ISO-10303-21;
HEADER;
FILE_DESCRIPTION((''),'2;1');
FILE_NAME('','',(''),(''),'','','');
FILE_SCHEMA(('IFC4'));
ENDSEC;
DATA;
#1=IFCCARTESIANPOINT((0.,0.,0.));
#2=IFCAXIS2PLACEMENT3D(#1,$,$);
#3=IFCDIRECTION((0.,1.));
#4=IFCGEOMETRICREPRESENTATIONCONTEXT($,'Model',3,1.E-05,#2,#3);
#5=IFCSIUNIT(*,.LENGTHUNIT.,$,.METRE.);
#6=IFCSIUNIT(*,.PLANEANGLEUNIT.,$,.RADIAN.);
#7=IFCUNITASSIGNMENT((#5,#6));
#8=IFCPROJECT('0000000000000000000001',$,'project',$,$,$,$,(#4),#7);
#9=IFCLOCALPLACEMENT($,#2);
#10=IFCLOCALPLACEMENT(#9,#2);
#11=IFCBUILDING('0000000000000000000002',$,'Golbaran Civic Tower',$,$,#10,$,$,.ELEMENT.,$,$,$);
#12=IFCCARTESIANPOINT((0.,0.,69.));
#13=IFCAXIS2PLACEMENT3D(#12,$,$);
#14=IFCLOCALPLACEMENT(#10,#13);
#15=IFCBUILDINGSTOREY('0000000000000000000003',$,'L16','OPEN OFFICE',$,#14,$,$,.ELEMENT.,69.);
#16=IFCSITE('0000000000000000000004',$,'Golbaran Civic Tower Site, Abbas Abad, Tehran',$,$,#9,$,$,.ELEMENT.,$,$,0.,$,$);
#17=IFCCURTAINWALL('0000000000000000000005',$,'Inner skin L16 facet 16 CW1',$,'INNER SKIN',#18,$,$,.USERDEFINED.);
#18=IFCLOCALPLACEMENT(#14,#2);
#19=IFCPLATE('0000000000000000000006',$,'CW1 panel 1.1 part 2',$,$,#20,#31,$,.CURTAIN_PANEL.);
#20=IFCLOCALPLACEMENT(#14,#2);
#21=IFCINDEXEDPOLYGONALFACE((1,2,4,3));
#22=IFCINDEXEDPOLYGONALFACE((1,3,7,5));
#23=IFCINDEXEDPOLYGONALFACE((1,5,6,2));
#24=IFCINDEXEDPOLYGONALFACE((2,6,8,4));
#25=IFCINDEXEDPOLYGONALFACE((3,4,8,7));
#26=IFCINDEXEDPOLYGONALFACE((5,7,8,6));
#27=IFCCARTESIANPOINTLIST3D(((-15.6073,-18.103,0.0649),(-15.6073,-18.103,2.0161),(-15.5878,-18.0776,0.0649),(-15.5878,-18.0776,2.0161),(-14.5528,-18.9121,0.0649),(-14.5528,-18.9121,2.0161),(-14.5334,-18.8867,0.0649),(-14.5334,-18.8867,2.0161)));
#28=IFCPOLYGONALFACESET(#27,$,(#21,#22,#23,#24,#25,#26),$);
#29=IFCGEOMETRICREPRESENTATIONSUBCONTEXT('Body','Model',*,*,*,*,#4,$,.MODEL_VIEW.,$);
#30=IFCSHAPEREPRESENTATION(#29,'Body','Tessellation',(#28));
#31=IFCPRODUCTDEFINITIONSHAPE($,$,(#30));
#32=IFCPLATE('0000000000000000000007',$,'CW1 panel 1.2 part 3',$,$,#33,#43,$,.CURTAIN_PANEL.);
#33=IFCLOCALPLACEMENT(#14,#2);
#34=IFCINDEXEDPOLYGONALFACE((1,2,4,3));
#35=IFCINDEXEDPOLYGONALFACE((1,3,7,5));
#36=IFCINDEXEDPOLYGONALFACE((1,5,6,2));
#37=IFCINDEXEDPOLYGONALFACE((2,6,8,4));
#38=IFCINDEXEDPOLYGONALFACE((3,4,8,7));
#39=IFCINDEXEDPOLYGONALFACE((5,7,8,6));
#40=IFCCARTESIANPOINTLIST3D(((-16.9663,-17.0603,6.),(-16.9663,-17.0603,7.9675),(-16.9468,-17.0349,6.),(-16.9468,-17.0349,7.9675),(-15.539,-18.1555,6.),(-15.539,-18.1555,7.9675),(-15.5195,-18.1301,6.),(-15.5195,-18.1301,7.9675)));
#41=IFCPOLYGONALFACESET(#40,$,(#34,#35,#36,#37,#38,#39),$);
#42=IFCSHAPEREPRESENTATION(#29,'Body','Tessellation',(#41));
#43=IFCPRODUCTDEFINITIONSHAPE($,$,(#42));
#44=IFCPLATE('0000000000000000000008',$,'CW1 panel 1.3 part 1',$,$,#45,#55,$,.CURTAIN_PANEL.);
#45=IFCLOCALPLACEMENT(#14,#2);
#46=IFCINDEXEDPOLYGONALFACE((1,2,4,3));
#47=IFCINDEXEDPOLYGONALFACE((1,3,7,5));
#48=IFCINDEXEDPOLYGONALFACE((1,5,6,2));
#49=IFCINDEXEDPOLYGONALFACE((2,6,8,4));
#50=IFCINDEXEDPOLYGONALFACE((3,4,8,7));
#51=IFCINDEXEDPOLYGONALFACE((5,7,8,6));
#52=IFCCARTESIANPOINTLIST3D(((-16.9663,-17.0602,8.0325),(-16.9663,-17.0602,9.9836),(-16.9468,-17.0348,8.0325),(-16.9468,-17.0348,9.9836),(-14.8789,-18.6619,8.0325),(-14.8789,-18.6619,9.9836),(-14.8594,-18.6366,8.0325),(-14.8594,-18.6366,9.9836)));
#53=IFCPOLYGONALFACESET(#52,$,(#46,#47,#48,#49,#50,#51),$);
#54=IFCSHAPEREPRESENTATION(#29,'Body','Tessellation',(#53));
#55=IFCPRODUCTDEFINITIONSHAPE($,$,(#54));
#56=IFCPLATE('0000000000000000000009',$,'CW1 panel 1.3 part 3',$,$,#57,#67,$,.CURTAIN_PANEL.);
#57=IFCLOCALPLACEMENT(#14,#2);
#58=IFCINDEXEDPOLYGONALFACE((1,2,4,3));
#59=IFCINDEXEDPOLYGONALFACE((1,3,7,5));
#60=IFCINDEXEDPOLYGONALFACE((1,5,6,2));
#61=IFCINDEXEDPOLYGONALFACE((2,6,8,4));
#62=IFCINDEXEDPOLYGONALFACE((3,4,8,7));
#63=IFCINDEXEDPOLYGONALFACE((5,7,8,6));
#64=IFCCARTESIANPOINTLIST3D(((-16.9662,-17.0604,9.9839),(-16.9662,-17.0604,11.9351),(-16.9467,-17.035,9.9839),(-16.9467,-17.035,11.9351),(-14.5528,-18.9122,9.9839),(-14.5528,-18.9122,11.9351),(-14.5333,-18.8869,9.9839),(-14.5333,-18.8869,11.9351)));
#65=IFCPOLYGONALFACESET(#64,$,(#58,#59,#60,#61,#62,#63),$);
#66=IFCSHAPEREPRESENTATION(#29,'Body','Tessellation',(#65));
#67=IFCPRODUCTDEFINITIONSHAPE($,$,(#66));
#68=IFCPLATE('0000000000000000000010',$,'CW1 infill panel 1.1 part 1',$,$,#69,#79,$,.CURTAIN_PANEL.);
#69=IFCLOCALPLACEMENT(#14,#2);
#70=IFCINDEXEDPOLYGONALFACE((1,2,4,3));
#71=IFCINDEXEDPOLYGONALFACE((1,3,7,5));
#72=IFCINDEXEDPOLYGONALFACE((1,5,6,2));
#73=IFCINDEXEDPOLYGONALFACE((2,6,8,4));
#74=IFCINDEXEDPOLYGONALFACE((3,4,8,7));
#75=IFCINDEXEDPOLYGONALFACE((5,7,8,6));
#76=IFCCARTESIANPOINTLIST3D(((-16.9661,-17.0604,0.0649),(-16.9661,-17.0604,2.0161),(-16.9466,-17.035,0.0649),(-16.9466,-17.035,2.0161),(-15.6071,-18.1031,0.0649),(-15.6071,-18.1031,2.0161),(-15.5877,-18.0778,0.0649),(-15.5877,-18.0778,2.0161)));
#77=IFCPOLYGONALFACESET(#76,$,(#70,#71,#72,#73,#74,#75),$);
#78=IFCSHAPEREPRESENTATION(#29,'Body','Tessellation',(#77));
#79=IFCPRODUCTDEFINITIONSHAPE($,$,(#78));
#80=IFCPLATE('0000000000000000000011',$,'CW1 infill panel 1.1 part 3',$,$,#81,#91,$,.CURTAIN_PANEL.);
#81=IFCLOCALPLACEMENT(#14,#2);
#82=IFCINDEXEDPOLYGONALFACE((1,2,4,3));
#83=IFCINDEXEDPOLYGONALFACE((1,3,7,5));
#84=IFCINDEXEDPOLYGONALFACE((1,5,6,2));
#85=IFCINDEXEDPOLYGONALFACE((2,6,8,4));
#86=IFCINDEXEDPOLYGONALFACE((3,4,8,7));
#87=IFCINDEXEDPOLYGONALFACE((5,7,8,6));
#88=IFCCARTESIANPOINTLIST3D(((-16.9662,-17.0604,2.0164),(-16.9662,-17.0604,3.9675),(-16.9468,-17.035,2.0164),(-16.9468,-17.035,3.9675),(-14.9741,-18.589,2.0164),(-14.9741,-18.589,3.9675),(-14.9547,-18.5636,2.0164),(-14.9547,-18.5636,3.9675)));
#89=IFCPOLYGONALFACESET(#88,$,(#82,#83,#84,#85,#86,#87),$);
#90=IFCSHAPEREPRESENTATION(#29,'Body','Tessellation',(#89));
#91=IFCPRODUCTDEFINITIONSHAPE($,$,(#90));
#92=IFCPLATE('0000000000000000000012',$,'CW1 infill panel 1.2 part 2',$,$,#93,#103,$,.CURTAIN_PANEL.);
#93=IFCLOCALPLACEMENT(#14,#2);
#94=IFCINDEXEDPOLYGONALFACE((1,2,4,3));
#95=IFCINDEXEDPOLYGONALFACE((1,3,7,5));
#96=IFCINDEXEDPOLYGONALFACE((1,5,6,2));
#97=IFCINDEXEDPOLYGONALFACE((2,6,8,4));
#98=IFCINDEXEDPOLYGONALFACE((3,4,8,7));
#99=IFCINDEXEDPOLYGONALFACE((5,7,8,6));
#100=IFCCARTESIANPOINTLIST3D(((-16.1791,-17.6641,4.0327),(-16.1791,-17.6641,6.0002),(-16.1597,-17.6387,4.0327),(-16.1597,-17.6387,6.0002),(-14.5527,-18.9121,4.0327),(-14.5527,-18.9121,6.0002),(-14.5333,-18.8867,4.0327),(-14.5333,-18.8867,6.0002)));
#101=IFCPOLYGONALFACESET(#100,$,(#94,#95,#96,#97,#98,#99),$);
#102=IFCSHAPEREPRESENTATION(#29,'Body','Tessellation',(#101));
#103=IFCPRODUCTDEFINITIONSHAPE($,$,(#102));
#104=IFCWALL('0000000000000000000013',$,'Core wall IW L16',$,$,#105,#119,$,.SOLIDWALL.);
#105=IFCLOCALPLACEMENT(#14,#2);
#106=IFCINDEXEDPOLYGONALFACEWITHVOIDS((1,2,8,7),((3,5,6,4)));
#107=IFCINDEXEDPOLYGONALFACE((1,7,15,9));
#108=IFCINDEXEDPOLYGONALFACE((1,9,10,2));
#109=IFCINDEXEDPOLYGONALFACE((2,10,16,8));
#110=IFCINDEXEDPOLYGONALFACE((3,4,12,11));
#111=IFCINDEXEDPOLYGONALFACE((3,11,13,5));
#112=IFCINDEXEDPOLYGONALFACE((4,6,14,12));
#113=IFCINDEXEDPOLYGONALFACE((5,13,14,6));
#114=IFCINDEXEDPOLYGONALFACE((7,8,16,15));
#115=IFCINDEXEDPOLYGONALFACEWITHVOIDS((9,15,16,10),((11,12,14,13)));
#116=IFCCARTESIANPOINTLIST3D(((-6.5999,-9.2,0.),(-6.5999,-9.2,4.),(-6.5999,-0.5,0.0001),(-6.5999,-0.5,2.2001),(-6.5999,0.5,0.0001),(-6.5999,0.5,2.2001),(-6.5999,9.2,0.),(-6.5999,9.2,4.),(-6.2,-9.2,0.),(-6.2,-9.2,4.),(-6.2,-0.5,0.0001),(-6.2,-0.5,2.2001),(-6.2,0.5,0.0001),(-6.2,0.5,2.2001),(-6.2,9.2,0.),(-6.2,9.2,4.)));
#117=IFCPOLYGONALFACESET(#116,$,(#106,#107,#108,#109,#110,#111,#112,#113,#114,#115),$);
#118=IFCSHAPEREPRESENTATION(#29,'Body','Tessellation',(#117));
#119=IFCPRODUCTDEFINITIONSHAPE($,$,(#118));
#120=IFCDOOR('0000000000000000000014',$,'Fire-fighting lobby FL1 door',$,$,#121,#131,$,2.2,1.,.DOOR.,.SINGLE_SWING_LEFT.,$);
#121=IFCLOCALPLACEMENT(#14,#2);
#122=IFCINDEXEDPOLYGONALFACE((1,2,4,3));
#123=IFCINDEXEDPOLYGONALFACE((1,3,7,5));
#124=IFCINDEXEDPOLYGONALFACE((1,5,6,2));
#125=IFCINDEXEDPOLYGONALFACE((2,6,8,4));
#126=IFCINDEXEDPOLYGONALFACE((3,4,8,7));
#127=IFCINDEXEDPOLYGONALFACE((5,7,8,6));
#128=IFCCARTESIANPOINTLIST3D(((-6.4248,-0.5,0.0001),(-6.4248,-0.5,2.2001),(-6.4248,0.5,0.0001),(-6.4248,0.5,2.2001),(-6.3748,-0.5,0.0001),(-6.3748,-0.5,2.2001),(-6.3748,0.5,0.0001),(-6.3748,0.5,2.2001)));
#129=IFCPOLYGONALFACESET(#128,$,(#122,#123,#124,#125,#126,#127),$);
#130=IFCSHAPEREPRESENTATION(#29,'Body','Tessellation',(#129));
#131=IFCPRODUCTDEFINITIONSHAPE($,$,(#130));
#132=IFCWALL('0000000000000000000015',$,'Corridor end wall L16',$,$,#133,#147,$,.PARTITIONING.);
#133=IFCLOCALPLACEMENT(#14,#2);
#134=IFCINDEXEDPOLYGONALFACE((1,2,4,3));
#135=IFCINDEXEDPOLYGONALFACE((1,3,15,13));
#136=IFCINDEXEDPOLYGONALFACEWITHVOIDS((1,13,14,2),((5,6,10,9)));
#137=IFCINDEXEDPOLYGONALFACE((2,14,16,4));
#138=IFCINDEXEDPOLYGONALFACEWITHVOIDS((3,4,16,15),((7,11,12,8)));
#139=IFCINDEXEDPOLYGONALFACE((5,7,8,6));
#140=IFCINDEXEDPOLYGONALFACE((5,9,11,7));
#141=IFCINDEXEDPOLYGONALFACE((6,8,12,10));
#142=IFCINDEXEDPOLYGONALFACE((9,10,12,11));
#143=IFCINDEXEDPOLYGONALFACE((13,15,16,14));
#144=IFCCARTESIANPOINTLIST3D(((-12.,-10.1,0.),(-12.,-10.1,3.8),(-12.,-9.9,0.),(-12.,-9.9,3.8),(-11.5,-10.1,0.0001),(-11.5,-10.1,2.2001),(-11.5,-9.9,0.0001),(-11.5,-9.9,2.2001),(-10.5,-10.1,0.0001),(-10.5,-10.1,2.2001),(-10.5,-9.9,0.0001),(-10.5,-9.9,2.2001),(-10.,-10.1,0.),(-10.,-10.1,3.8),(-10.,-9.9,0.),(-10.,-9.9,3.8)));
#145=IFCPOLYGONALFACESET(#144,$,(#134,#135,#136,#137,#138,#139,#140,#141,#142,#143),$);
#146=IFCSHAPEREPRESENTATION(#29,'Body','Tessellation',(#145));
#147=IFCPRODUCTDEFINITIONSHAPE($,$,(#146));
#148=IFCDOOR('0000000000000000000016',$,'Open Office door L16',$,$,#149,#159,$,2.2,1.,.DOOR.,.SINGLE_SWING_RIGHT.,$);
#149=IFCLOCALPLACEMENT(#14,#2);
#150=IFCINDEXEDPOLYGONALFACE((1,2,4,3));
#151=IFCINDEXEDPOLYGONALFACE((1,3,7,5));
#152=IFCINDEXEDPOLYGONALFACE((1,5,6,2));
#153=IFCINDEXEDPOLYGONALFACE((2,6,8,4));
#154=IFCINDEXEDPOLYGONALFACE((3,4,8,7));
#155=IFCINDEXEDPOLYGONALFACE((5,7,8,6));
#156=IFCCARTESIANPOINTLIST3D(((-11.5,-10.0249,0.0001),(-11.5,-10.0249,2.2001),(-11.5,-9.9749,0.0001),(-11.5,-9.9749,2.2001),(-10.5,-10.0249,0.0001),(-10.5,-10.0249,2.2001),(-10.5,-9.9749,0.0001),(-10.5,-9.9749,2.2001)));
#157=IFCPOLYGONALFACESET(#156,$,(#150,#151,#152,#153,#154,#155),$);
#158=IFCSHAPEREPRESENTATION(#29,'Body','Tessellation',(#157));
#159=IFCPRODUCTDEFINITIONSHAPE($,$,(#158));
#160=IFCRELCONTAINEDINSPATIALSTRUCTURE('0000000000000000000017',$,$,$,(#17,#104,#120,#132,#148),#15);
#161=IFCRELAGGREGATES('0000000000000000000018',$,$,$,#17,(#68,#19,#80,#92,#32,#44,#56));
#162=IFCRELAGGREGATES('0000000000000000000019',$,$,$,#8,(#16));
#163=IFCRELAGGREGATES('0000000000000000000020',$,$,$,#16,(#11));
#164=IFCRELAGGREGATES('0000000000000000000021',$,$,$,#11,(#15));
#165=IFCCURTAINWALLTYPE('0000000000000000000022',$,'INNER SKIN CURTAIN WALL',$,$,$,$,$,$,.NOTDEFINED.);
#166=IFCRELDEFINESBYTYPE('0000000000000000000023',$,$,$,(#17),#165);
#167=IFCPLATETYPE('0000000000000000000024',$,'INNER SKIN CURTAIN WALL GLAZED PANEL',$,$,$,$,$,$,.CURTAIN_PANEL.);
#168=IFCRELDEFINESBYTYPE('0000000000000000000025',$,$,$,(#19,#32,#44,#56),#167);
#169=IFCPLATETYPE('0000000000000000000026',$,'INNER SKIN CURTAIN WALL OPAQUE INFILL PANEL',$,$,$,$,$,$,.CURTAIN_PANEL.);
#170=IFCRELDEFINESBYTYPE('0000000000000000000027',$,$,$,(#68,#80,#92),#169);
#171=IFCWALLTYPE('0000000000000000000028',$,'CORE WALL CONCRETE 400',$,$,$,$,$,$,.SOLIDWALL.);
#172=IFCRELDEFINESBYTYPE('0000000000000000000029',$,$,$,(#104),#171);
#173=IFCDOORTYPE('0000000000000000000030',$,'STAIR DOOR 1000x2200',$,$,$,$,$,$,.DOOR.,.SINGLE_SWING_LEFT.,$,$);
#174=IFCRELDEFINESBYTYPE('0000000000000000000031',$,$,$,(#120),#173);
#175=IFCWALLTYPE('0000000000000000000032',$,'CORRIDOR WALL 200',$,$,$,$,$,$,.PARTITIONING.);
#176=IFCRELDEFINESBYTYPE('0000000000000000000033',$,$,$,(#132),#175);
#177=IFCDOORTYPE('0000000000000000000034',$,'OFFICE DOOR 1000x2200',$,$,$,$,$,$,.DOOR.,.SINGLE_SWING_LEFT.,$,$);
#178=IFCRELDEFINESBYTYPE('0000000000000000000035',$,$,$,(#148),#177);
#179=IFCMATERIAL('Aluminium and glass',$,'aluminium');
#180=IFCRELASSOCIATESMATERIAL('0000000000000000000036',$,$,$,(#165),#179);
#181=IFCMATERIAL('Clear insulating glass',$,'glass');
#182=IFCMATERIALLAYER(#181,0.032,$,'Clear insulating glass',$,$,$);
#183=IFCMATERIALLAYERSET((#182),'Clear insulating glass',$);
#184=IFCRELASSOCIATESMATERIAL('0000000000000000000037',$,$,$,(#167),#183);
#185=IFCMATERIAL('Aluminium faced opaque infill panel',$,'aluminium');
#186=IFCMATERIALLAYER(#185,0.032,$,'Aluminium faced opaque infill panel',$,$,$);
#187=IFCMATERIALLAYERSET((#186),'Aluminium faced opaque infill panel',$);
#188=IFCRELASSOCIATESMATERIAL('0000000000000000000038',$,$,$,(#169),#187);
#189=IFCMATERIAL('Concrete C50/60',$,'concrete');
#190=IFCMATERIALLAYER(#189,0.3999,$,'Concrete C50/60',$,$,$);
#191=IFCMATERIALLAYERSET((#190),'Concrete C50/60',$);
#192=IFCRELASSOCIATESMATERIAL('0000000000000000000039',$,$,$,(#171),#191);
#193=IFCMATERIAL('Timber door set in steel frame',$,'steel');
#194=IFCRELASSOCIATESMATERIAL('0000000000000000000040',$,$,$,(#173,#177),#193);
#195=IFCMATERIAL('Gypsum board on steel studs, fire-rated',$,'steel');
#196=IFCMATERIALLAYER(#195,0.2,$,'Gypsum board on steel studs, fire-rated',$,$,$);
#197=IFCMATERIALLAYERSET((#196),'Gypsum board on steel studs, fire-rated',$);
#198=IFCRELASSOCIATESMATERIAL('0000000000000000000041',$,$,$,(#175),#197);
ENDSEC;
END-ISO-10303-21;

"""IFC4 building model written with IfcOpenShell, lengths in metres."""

from ifc_helpers import new_model, si_unit, direction, frame, frame_2d, origin, origin_2d, place, context, subcontext, project, spatial, rectangle, extrude, material, layer, layer_set, type_object, element, fill, aggregate, save


model = new_model("IFC4")

# Units and contexts
model_context = context("Model", 3, precision=1e-05, world=origin(), true_north=direction((0.0, 1.0)))
body_context = subcontext(model_context, "Body", "Model", "MODEL_VIEW")
ifc_project = project(units=[si_unit("LENGTHUNIT", "METRE"), si_unit("PLANEANGLEUNIT", "RADIAN")], contexts=[model_context])

# Site, building, storey
site_placement = place(None, origin())
site = spatial("IfcSite", under=ifc_project, at=site_placement, Name="Golbaran Civic Tower Site, Abbas Abad, Tehran", CompositionType="ELEMENT", RefElevation=0.0)
building_placement = place(site_placement, origin())
building = spatial("IfcBuilding", under=site, at=building_placement, Name="Golbaran Civic Tower", CompositionType="ELEMENT")
storey_placement = place(building_placement, frame((0.0, 0.0, 69.0)))
storey = spatial("IfcBuildingStorey", under=building, at=storey_placement, Name="L16", Description="OPEN OFFICE", CompositionType="ELEMENT", Elevation=69.0)

# Curtain wall, plates
ifc_material_1 = material(Name="Aluminium and glass", Category="aluminium")
curtain_wall_type = type_object("IfcCurtainWallType", Name="INNER SKIN CURTAIN WALL", PredefinedType="NOTDEFINED", material=ifc_material_1)
curtain_wall_placement = place(storey_placement, origin())
curtain_wall = element("IfcCurtainWall", 1, at=curtain_wall_placement, inside=storey, type_object=curtain_wall_type, Name="Inner skin L16 facet 16 CW1", ObjectType="INNER SKIN", PredefinedType="USERDEFINED")
ifc_material_2 = material(Name="Clear insulating glass", Category="glass")
ifc_layer_1 = layer(ifc_material_2, 0.032, Name="Clear insulating glass")
ifc_layer_set_1 = layer_set([ifc_layer_1], Name="Clear insulating glass")
plate_type_1 = type_object("IfcPlateType", Name="INNER SKIN CURTAIN WALL GLAZED PANEL", PredefinedType="CURTAIN_PANEL", material=ifc_layer_set_1)
plate_1_placement = place(storey_placement, frame((-15.0703, -18.4949, 0.0649), z_axis=(0.0, 0.0, 1.0), x_axis=(0.793353, -0.608761, 0.0)))
plate_1 = element("IfcPlate", 2, at=plate_1_placement, type_object=plate_type_1, Name="CW1 panel 1.1 part 2", PredefinedType="CURTAIN_PANEL", context=body_context, shape_type="SweptSolid", body=[
    extrude(rectangle(XDim=1.3291, YDim=0.032, at=origin_2d()), origin(), (0.0, 0.0, 1.0), 1.9512),
])
plate_2_placement = place(storey_placement, frame((-16.2429, -17.5952, 6.0), z_axis=(0.0, 0.0, 1.0), x_axis=(0.793353, -0.608761, 0.0)))
plate_2 = element("IfcPlate", 3, at=plate_2_placement, type_object=plate_type_1, Name="CW1 panel 1.2 part 3", PredefinedType="CURTAIN_PANEL", context=body_context, shape_type="SweptSolid", body=[
    extrude(rectangle(XDim=1.7991, YDim=0.032, at=origin_2d()), origin(), (0.0, 0.0, 1.0), 1.9675),
])
plate_3_placement = place(storey_placement, frame((-15.9128, -17.8484, 8.0325), z_axis=(0.0, 0.0, 1.0), x_axis=(0.793353, -0.608761, 0.0)))
plate_3 = element("IfcPlate", 4, at=plate_3_placement, type_object=plate_type_1, Name="CW1 panel 1.3 part 1", PredefinedType="CURTAIN_PANEL", context=body_context, shape_type="SweptSolid", body=[
    extrude(rectangle(XDim=2.6311, YDim=0.032, at=origin_2d()), origin(), (0.0, 0.0, 1.0), 1.9512),
])
plate_4_placement = place(storey_placement, frame((-15.7498, -17.9736, 9.9839), z_axis=(0.0, 0.0, 1.0), x_axis=(0.793353, -0.608761, 0.0)))
plate_4 = element("IfcPlate", 5, at=plate_4_placement, type_object=plate_type_1, Name="CW1 panel 1.3 part 3", PredefinedType="CURTAIN_PANEL", context=body_context, shape_type="SweptSolid", body=[
    extrude(rectangle(XDim=3.042, YDim=0.032, at=origin_2d()), origin(), (0.0, 0.0, 1.0), 1.9512),
])
ifc_material_3 = material(Name="Aluminium faced opaque infill panel", Category="aluminium")
ifc_layer_2 = layer(ifc_material_3, 0.032, Name="Aluminium faced opaque infill panel")
ifc_layer_set_2 = layer_set([ifc_layer_2], Name="Aluminium faced opaque infill panel")
plate_type_2 = type_object("IfcPlateType", Name="INNER SKIN CURTAIN WALL OPAQUE INFILL PANEL", PredefinedType="CURTAIN_PANEL", material=ifc_layer_set_2)
plate_5_placement = place(storey_placement, frame((-16.2769, -17.5691, 0.0649), z_axis=(0.0, 0.0, 1.0), x_axis=(0.793353, -0.608761, 0.0)))
plate_5 = element("IfcPlate", 6, at=plate_5_placement, type_object=plate_type_2, Name="CW1 infill panel 1.1 part 1", PredefinedType="CURTAIN_PANEL", context=body_context, shape_type="SweptSolid", body=[
    extrude(rectangle(XDim=1.7129, YDim=0.032, at=origin_2d()), origin(), (0.0, 0.0, 1.0), 1.9512),
])
plate_6_placement = place(storey_placement, frame((-15.9604, -17.812, 2.0164), z_axis=(0.0, 0.0, 1.0), x_axis=(0.793353, -0.608761, 0.0)))
plate_6 = element("IfcPlate", 7, at=plate_6_placement, type_object=plate_type_2, Name="CW1 infill panel 1.1 part 3", PredefinedType="CURTAIN_PANEL", context=body_context, shape_type="SweptSolid", body=[
    extrude(rectangle(XDim=2.511, YDim=0.032, at=origin_2d()), origin(), (0.0, 0.0, 1.0), 1.9512),
])
plate_7_placement = place(storey_placement, frame((-15.3562, -18.2754, 4.0327), z_axis=(0.0, 0.0, 1.0), x_axis=(0.793353, -0.608761, 0.0)))
plate_7 = element("IfcPlate", 8, at=plate_7_placement, type_object=plate_type_2, Name="CW1 infill panel 1.2 part 2", PredefinedType="CURTAIN_PANEL", context=body_context, shape_type="SweptSolid", body=[
    extrude(rectangle(XDim=2.05, YDim=0.032, at=origin_2d()), origin(), (0.0, 0.0, 1.0), 1.9675),
])
aggregate(curtain_wall, [plate_5, plate_1, plate_6, plate_7, plate_2, plate_3, plate_4])

# Walls, openings, doors
ifc_material_4 = material(Name="Concrete C50/60", Category="concrete")
ifc_layer_3 = layer(ifc_material_4, 0.3999, Name="Concrete C50/60")
ifc_layer_set_3 = layer_set([ifc_layer_3], Name="Concrete C50/60")
wall_type_1 = type_object("IfcWallType", Name="CORE WALL CONCRETE 400", PredefinedType="SOLIDWALL", material=ifc_layer_set_3)
wall_1_placement = place(storey_placement, frame((-6.3999, -9.2, 0.0), z_axis=(0.0, 0.0, 1.0), x_axis=(0.0, 1.0, 0.0)))
wall_1 = element("IfcWall", 9, at=wall_1_placement, inside=storey, type_object=wall_type_1, Name="Core wall IW L16", PredefinedType="SOLIDWALL", context=body_context, shape_type="SweptSolid", body=[
    extrude(rectangle(XDim=18.3999, YDim=0.3999, at=frame_2d((9.2, 0.0))), origin(), (0.0, 0.0, 1.0), 4.0),
])
opening_1_placement = place(wall_1_placement, frame((8.7, 0.0, 0.0)))
opening_1 = element("IfcOpeningElement", 10, at=opening_1_placement, cuts=wall_1, PredefinedType="OPENING", context=body_context, shape_type="SweptSolid", body=[
    extrude(rectangle(XDim=1.0, YDim=2.2, at=frame_2d((0.5, 1.1001))), frame((0.0, 0.21, 0.0), z_axis=(0.0, -1.0, 0.0), x_axis=(1.0, 0.0, 0.0)), (0.0, 0.0, 1.0), 0.4199),
])
ifc_material_5 = material(Name="Timber door set in steel frame", Category="steel")
door_type_1 = type_object("IfcDoorType", Name="STAIR DOOR 1000x2200", OperationType="SINGLE_SWING_LEFT", PredefinedType="DOOR", material=ifc_material_5)
door_1_placement = place(opening_1_placement, origin())
door_1 = element("IfcDoor", 11, at=door_1_placement, inside=storey, type_object=door_type_1, Name="Fire-fighting lobby FL1 door", OperationType="SINGLE_SWING_LEFT", OverallHeight=2.2, OverallWidth=1.0, PredefinedType="DOOR", context=body_context, shape_type="SweptSolid", body=[
    extrude(rectangle(XDim=1.0, YDim=2.2, at=frame_2d((0.5, 1.1001))), frame((0.0, 0.0249, 0.0), z_axis=(0.0, -1.0, 0.0), x_axis=(1.0, 0.0, 0.0)), (0.0, 0.0, 1.0), 0.05),
])
fill(opening_1, door_1)
ifc_material_6 = material(Name="Gypsum board on steel studs, fire-rated", Category="steel")
ifc_layer_4 = layer(ifc_material_6, 0.2, Name="Gypsum board on steel studs, fire-rated")
ifc_layer_set_4 = layer_set([ifc_layer_4], Name="Gypsum board on steel studs, fire-rated")
wall_type_2 = type_object("IfcWallType", Name="CORRIDOR WALL 200", PredefinedType="PARTITIONING", material=ifc_layer_set_4)
wall_2_placement = place(storey_placement, frame((-10.0, -10.0, 0.0), z_axis=(0.0, 0.0, 1.0), x_axis=(-1.0, 0.0, 0.0)))
wall_2 = element("IfcWall", 12, at=wall_2_placement, inside=storey, type_object=wall_type_2, Name="Corridor end wall L16", PredefinedType="PARTITIONING", context=body_context, shape_type="SweptSolid", body=[
    extrude(rectangle(XDim=2.0, YDim=0.2, at=frame_2d((1.0, 0.0))), origin(), (0.0, 0.0, 1.0), 3.8),
])
opening_2_placement = place(wall_2_placement, frame((0.5, 0.0, 0.0)))
opening_2 = element("IfcOpeningElement", 13, at=opening_2_placement, cuts=wall_2, PredefinedType="OPENING", context=body_context, shape_type="SweptSolid", body=[
    extrude(rectangle(XDim=1.0, YDim=2.2, at=frame_2d((0.5, 1.1001))), frame((0.0, 0.1099, 0.0), z_axis=(0.0, -1.0, 0.0), x_axis=(1.0, 0.0, 0.0)), (0.0, 0.0, 1.0), 0.22),
])
door_type_2 = type_object("IfcDoorType", Name="OFFICE DOOR 1000x2200", OperationType="SINGLE_SWING_LEFT", PredefinedType="DOOR", material=ifc_material_5)
door_2_placement = place(opening_2_placement, origin())
door_2 = element("IfcDoor", 14, at=door_2_placement, inside=storey, type_object=door_type_2, Name="Open Office door L16", OperationType="SINGLE_SWING_RIGHT", OverallHeight=2.2, OverallWidth=1.0, PredefinedType="DOOR", context=body_context, shape_type="SweptSolid", body=[
    extrude(rectangle(XDim=1.0, YDim=2.2, at=frame_2d((0.5, 1.1001))), frame((0.0, 0.0249, 0.0), z_axis=(0.0, -1.0, 0.0), x_axis=(1.0, 0.0, 0.0)), (0.0, 0.0, 1.0), 0.05),
])
fill(opening_2, door_2)

save(model, "model.ifc")
